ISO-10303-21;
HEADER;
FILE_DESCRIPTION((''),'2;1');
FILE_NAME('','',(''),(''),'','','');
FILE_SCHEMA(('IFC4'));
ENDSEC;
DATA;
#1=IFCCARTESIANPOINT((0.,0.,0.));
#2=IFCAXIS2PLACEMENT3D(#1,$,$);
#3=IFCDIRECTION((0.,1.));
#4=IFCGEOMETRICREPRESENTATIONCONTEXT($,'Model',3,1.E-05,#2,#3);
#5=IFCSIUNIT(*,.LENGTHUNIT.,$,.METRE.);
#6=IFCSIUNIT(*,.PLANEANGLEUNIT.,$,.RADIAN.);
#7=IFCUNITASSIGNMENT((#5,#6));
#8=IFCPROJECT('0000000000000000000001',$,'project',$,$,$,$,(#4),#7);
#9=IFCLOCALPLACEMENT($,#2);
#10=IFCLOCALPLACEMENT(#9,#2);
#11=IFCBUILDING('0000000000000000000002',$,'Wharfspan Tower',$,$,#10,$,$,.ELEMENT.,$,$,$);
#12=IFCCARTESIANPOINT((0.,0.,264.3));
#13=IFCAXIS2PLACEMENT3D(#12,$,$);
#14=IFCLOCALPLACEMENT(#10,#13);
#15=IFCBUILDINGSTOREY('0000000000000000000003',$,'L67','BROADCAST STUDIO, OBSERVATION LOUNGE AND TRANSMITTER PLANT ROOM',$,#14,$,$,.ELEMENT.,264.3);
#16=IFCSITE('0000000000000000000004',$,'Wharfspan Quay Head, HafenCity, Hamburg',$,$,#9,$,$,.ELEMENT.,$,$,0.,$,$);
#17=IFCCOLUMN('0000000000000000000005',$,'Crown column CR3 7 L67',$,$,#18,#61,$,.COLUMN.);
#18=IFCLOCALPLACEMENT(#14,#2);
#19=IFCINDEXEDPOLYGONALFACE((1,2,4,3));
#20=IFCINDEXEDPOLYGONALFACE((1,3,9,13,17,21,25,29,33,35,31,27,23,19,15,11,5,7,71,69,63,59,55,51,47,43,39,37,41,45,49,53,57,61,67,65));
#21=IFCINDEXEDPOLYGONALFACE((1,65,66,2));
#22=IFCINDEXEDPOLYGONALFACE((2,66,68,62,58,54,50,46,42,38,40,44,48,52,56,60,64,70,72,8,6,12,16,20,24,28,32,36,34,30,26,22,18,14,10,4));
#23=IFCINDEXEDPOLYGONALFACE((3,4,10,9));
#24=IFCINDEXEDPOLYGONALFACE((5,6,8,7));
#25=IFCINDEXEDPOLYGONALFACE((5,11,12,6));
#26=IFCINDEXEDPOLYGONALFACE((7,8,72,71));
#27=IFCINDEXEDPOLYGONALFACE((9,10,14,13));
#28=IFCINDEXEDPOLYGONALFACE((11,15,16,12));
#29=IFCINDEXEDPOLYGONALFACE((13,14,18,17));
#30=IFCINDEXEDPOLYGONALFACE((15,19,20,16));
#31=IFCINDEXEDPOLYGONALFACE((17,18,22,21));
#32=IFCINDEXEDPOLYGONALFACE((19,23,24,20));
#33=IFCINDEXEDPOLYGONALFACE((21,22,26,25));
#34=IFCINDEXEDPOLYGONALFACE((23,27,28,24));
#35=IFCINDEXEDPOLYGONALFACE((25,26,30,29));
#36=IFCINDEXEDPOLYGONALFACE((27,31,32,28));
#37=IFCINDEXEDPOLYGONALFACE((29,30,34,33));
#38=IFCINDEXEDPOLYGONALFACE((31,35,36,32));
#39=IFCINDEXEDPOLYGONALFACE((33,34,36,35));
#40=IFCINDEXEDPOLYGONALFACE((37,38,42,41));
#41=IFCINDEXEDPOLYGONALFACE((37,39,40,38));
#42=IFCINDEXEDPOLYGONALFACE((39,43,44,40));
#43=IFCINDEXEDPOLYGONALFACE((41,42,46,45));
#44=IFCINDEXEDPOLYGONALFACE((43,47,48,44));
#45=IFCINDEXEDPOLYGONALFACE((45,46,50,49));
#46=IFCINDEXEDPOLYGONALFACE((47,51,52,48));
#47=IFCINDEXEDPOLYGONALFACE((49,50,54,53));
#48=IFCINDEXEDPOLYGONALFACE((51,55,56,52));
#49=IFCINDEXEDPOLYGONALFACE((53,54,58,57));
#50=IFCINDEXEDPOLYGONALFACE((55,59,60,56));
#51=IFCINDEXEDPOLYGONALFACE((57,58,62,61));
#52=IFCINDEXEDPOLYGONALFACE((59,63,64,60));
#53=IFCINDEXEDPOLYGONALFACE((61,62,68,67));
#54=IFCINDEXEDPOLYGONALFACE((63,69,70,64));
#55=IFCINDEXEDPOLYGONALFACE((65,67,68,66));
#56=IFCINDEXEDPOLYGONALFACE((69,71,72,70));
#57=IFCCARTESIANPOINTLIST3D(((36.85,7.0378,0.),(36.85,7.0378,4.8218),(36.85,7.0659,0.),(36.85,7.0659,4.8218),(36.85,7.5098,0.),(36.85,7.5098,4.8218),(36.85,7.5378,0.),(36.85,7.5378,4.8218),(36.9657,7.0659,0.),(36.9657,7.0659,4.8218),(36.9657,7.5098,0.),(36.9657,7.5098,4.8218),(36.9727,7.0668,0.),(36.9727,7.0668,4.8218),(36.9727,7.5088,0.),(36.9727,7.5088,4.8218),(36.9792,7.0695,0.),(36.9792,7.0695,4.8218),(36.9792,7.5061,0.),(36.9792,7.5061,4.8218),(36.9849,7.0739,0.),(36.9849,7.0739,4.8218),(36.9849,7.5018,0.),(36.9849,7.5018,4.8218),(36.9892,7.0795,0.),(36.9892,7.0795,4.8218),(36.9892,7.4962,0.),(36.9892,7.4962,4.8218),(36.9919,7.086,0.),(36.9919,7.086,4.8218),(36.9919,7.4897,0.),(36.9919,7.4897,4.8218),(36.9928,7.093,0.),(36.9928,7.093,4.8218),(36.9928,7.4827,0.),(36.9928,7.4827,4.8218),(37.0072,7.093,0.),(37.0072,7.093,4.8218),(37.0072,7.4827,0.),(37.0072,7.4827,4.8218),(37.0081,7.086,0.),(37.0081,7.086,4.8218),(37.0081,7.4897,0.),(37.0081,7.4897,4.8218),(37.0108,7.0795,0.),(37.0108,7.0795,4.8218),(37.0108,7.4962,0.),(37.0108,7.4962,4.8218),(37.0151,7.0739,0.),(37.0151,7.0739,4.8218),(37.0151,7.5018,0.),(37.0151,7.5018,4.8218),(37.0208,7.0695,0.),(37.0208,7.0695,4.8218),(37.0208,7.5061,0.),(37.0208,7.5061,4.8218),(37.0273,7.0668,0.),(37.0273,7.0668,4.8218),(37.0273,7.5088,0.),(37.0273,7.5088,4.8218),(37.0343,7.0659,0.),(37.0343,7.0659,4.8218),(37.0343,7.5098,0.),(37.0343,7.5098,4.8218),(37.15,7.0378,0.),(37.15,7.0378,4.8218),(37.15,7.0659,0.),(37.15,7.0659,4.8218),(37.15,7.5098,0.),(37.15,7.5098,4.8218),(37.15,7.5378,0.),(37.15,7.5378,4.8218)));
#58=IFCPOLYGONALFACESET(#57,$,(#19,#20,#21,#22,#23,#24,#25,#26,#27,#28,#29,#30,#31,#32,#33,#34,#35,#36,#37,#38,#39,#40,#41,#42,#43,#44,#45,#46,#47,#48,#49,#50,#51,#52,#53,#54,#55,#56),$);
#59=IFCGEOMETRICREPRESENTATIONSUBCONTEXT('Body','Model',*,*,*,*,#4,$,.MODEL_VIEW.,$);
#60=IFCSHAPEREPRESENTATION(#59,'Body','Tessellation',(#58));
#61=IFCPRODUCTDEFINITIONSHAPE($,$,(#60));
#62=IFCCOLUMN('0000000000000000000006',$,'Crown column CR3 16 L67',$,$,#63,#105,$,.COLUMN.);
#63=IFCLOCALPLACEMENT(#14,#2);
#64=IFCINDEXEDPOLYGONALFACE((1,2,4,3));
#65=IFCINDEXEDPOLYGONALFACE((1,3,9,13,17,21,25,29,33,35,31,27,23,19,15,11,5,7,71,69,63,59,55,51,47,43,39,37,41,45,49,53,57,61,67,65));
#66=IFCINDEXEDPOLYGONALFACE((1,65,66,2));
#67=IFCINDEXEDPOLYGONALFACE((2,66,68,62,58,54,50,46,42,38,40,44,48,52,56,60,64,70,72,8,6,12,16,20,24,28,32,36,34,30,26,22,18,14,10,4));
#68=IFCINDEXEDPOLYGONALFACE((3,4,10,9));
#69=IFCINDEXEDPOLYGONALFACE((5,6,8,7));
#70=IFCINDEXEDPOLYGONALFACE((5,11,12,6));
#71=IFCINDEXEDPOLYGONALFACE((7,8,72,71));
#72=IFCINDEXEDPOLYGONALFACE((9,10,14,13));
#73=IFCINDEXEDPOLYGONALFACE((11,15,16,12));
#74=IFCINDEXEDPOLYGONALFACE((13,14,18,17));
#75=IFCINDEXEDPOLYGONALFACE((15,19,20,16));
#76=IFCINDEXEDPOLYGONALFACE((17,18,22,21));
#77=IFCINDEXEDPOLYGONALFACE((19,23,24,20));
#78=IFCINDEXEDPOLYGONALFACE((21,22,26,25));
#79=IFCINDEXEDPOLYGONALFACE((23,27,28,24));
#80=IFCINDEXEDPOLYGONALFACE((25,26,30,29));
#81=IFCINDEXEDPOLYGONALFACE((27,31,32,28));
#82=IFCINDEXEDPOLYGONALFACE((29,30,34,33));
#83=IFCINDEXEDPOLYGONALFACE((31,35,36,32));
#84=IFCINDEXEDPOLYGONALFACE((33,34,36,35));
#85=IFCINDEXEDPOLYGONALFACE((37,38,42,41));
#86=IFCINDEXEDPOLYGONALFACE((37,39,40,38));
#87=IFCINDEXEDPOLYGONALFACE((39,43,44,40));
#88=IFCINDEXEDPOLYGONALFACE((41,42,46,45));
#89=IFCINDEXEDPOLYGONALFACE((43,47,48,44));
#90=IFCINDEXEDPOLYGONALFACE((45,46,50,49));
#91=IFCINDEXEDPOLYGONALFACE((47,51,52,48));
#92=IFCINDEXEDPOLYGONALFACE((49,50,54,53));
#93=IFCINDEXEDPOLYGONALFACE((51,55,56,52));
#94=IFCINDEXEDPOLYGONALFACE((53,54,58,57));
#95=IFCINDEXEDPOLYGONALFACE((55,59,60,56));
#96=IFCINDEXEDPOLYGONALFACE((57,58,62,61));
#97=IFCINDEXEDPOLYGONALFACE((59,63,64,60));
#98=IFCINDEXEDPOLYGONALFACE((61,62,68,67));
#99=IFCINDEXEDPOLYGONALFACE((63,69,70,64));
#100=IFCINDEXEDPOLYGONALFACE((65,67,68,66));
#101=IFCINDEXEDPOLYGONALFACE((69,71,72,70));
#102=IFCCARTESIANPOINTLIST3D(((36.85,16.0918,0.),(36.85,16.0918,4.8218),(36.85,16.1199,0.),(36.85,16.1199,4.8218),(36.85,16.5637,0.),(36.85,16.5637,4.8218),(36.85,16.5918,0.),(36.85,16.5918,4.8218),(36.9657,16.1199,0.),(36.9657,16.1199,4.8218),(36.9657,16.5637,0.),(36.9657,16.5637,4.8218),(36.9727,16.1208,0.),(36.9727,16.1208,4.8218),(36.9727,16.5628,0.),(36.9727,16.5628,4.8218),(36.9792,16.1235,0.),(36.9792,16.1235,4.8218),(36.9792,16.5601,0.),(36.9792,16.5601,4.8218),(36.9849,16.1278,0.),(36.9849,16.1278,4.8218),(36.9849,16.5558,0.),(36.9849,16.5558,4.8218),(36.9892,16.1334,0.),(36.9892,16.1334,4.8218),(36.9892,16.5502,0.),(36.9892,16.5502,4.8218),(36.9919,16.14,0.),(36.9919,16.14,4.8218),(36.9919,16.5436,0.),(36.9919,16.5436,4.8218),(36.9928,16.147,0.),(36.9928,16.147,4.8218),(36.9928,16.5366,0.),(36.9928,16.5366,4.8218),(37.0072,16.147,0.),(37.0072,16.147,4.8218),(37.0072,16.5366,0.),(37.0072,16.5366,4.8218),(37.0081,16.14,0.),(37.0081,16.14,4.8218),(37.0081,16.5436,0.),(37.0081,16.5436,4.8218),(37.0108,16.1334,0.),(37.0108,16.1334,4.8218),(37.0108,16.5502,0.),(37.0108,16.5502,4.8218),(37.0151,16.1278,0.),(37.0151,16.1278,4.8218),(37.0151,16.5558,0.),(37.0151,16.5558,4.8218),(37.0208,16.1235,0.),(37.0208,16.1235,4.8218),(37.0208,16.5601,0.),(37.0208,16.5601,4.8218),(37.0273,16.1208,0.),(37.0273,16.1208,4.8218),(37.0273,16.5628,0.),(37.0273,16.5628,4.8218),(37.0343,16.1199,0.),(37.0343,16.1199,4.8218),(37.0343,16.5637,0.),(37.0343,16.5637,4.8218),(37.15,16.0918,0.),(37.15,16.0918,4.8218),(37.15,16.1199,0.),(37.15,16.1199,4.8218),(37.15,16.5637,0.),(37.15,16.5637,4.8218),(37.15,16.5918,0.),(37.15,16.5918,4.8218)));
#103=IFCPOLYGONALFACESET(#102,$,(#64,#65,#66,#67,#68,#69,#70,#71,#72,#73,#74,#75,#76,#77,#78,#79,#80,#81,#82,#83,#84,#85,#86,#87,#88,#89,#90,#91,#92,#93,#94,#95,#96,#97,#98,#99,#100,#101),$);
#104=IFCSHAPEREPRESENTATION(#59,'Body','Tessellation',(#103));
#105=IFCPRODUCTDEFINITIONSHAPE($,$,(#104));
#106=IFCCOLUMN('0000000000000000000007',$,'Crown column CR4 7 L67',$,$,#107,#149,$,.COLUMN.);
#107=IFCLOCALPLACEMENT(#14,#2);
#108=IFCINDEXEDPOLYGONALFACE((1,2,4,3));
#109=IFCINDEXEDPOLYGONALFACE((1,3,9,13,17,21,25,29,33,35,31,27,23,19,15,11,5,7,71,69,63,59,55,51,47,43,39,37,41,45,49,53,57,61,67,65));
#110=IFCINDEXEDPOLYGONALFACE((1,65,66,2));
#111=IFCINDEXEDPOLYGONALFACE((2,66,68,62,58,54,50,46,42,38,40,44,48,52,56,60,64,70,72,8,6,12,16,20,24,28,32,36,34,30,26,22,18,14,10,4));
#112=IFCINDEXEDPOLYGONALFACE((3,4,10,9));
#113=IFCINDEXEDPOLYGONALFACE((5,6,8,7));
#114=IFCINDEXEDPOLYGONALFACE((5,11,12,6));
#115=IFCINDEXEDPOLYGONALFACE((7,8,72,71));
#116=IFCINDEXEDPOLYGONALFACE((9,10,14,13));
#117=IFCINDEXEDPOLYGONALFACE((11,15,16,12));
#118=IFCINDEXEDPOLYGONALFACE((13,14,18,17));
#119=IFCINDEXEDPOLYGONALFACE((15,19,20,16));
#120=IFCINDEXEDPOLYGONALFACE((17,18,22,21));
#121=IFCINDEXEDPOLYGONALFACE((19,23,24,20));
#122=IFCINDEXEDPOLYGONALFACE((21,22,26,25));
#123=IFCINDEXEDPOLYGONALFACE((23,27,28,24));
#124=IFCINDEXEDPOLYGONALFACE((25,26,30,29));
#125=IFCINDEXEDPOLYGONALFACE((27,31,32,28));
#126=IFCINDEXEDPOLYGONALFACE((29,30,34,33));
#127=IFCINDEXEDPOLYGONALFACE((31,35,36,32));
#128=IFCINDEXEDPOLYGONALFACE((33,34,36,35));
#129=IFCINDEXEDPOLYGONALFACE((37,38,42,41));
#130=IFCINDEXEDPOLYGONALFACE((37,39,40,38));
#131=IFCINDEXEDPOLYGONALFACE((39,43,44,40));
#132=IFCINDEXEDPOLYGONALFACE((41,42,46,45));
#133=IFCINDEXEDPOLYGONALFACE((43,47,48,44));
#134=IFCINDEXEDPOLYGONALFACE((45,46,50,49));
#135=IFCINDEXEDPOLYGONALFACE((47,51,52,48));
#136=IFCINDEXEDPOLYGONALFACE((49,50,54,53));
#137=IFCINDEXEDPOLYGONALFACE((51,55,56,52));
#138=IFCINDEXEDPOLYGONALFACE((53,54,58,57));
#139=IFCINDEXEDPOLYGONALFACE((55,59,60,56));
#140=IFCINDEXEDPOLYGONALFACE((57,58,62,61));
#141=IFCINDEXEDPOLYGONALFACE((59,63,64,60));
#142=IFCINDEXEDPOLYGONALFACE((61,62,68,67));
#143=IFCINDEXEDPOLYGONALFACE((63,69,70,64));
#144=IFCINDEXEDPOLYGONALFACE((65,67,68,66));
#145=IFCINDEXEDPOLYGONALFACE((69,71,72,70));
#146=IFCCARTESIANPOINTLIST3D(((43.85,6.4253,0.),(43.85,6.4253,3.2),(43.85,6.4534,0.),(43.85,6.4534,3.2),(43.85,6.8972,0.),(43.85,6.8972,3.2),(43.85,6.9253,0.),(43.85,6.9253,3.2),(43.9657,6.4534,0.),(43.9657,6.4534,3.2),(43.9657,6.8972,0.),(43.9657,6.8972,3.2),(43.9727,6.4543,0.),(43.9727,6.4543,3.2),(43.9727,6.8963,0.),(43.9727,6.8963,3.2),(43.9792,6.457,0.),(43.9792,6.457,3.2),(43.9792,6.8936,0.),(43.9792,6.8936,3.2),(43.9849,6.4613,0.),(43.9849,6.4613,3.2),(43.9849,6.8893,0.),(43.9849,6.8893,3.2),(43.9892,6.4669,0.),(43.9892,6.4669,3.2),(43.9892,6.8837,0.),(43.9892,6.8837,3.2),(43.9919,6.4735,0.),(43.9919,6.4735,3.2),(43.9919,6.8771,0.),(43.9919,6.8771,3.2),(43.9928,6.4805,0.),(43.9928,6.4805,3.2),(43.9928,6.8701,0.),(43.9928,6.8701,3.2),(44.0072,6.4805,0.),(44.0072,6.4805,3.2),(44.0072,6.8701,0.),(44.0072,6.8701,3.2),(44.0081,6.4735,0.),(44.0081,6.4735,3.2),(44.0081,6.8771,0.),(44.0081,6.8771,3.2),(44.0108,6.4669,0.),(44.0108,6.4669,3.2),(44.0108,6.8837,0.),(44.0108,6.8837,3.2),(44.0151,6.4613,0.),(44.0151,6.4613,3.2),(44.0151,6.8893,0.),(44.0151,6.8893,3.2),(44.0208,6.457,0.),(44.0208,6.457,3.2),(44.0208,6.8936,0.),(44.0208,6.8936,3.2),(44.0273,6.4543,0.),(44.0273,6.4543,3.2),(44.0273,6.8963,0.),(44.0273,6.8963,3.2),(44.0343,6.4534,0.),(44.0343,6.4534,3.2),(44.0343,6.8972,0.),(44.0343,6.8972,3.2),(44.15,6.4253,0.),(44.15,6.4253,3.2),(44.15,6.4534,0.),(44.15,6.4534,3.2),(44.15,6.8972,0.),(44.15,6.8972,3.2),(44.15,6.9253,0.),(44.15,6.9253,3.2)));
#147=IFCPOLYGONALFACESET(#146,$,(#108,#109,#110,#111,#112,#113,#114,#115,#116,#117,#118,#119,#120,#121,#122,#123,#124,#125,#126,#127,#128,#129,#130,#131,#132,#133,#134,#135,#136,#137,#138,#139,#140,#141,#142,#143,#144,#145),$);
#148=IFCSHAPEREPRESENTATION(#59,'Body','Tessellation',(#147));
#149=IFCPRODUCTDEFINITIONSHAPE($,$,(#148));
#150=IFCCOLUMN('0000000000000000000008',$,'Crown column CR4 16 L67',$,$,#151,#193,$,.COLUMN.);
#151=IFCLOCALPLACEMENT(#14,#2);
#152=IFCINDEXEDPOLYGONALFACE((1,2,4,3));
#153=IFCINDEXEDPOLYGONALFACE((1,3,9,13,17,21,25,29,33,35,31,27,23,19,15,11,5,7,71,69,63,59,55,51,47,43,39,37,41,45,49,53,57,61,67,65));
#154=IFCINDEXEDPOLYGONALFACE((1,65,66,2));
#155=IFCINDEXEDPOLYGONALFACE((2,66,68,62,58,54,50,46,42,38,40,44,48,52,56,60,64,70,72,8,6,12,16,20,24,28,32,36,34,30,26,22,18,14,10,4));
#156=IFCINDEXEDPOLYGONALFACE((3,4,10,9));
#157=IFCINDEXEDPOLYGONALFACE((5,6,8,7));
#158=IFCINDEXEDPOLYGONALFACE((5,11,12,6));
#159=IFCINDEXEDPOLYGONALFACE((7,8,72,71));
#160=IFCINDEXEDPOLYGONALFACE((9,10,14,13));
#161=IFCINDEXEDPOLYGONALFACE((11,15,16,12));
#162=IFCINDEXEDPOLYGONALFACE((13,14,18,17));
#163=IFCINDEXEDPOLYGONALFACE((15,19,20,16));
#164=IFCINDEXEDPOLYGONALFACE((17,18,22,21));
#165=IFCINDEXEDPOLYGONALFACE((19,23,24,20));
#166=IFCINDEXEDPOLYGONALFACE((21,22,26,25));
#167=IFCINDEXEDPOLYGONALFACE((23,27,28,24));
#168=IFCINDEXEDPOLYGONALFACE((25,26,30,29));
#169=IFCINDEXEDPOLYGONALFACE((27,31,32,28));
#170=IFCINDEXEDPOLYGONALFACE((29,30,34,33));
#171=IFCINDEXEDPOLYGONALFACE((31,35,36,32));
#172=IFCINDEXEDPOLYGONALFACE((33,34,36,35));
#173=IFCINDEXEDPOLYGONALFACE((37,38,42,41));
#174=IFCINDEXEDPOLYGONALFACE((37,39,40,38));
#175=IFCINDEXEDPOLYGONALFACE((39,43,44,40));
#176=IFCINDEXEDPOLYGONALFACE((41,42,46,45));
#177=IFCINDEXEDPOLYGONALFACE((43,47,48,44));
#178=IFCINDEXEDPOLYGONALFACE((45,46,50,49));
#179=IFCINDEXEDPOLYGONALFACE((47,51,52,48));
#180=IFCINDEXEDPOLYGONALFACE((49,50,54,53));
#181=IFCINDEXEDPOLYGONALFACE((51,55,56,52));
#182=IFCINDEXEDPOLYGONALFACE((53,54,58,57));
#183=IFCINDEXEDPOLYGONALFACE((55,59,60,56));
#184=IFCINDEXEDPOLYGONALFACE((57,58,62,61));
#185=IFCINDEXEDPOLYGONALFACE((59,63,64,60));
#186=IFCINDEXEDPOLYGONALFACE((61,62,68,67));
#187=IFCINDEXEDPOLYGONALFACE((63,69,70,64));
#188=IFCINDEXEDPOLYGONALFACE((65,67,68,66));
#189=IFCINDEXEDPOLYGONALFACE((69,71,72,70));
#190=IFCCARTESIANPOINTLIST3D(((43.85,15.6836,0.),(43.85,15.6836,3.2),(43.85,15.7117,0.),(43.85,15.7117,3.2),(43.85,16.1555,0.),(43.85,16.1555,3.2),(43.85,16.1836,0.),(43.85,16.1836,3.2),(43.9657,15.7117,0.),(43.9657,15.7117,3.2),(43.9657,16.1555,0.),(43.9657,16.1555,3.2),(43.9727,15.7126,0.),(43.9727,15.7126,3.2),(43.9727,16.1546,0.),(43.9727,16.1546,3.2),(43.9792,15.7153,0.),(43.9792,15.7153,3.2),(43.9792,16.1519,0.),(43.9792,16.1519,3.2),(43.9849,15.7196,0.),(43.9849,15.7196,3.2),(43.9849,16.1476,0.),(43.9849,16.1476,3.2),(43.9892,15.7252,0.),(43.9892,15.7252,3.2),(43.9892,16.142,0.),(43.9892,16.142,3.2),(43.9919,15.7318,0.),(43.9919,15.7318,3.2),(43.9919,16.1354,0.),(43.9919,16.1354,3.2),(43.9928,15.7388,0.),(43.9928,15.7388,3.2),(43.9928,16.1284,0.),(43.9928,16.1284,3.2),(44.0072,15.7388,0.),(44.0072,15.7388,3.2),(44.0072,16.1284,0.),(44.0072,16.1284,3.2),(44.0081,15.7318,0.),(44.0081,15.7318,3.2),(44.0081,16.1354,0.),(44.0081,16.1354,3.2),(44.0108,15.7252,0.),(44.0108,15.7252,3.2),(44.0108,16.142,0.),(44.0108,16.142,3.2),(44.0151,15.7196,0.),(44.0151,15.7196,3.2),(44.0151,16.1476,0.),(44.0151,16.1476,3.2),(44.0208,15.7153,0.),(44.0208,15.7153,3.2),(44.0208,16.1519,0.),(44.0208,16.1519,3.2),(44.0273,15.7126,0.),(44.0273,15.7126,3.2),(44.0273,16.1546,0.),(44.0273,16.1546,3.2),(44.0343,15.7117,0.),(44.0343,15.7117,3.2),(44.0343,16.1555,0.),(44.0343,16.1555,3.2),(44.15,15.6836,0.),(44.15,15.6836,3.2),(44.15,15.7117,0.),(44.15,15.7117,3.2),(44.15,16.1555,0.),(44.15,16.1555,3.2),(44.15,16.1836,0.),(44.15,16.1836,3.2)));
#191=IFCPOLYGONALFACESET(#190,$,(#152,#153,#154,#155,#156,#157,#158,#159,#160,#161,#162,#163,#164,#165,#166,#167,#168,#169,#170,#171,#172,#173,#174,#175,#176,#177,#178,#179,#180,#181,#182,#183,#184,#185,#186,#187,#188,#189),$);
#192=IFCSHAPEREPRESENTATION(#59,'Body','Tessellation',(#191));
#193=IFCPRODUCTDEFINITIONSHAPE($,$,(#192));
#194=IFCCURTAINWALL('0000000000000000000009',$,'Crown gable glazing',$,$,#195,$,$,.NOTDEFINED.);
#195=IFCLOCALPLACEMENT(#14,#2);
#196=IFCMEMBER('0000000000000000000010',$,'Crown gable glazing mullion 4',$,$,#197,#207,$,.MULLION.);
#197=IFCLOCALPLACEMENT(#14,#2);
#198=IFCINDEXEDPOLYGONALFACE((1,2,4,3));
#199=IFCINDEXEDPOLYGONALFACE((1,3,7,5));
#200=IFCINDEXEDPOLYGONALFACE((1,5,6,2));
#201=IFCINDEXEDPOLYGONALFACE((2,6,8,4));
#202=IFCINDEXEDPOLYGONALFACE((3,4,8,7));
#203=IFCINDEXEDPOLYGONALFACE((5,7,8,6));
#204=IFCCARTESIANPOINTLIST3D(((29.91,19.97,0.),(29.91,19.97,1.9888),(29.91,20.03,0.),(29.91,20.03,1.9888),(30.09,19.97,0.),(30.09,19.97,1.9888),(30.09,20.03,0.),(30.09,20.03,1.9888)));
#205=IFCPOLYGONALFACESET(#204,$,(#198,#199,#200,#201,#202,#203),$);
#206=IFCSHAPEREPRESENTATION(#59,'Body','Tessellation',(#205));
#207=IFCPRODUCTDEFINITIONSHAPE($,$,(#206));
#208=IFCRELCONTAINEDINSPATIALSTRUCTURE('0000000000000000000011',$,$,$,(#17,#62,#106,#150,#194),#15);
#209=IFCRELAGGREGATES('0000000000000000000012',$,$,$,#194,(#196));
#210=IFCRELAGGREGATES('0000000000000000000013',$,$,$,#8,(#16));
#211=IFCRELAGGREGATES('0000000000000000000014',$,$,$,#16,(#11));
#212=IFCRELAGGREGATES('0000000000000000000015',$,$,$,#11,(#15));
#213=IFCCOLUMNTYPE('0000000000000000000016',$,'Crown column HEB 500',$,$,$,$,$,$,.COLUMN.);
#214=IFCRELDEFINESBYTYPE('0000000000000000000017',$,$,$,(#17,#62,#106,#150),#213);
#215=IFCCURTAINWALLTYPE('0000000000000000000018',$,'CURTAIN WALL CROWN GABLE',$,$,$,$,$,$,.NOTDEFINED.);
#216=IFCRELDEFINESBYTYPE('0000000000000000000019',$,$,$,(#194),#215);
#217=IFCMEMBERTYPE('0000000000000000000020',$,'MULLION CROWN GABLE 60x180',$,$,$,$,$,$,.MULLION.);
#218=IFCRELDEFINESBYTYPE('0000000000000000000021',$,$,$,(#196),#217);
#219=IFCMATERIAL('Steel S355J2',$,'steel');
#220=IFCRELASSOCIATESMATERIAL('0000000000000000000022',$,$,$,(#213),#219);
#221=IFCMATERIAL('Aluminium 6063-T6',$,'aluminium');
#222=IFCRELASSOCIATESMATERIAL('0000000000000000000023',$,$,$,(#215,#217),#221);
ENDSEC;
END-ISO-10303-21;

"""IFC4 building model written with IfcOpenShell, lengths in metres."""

from ifc_helpers import new_model, si_unit, direction, frame, origin, origin_2d, place, context, subcontext, project, spatial, rectangle, i_section, extrude, material, material_profile, profile_set, type_object, element, aggregate, save


model = new_model("IFC4")

# Units and contexts
model_context = context("Model", 3, precision=1e-05, world=origin(), true_north=direction((0.0, 1.0)))
body_context = subcontext(model_context, "Body", "Model", "MODEL_VIEW")
ifc_project = project(units=[si_unit("LENGTHUNIT", "METRE"), si_unit("PLANEANGLEUNIT", "RADIAN")], contexts=[model_context])

# Site, building, storey
site_placement = place(None, origin())
site = spatial("IfcSite", under=ifc_project, at=site_placement, Name="Wharfspan Quay Head, HafenCity, Hamburg", CompositionType="ELEMENT", RefElevation=0.0)
building_placement = place(site_placement, origin())
building = spatial("IfcBuilding", under=site, at=building_placement, Name="Wharfspan Tower", CompositionType="ELEMENT")
storey_placement = place(building_placement, frame((0.0, 0.0, 264.3)))
storey = spatial("IfcBuildingStorey", under=building, at=storey_placement, Name="L67", Description="BROADCAST STUDIO, OBSERVATION LOUNGE AND TRANSMITTER PLANT ROOM", CompositionType="ELEMENT", Elevation=264.3)

# Columns
ifc_material_1 = material(Name="Steel S355J2", Category="steel")
ifc_material_profile_1 = material_profile(ifc_material_1, i_section(OverallWidth=0.3, OverallDepth=0.5, WebThickness=0.0144, FlangeThickness=0.0281, FilletRadius=0.0271, at=origin_2d()))
ifc_profile_set_1 = profile_set([ifc_material_profile_1], Name="Steel S355J2")
column_type = type_object("IfcColumnType", Name="Crown column HEB 500", PredefinedType="COLUMN", material=ifc_profile_set_1)
for number, where, z_axis, x_axis, name in (
    (1, (37.0, 7.2878, 0.0), (0.0, 0.0, 1.0), (1.0, 0.0, 0.0), "Crown column CR3 7 L67"),
    (2, (37.0, 16.3418, 0.0), (0.0, 0.0, 1.0), (1.0, 0.0, 0.0), "Crown column CR3 16 L67"),
):
    element("IfcColumn", number, at=place(storey_placement, frame(where, z_axis=z_axis, x_axis=x_axis)), inside=storey, type_object=column_type, Name=name, PredefinedType="COLUMN", context=body_context, shape_type="SweptSolid", body=[
        extrude(i_section(OverallWidth=0.3, OverallDepth=0.5, WebThickness=0.0144, FlangeThickness=0.0281, FilletRadius=0.0271, at=origin_2d()), origin(), (0.0, 0.0, 1.0), 4.8218),
    ])
for number, where, z_axis, x_axis, name in (
    (3, (44.0, 6.6753, 0.0), (0.0, 0.0, 1.0), (1.0, 0.0, 0.0), "Crown column CR4 7 L67"),
    (4, (44.0, 15.9336, 0.0), (0.0, 0.0, 1.0), (1.0, 0.0, 0.0), "Crown column CR4 16 L67"),
):
    element("IfcColumn", number, at=place(storey_placement, frame(where, z_axis=z_axis, x_axis=x_axis)), inside=storey, type_object=column_type, Name=name, PredefinedType="COLUMN", context=body_context, shape_type="SweptSolid", body=[
        extrude(i_section(OverallWidth=0.3, OverallDepth=0.5, WebThickness=0.0144, FlangeThickness=0.0281, FilletRadius=0.0271, at=origin_2d()), origin(), (0.0, 0.0, 1.0), 3.2),
    ])

# Curtain wall, member
ifc_material_2 = material(Name="Aluminium 6063-T6", Category="aluminium")
curtain_wall_type_1 = type_object("IfcCurtainWallType", Name="CURTAIN WALL CROWN GABLE", PredefinedType="NOTDEFINED", material=ifc_material_2)
curtain_wall_1_placement = place(storey_placement, origin())
curtain_wall_1 = element("IfcCurtainWall", 5, at=curtain_wall_1_placement, inside=storey, type_object=curtain_wall_type_1, Name="Crown gable glazing", PredefinedType="NOTDEFINED")
ifc_material_profile_2 = material_profile(ifc_material_2, rectangle(XDim=0.1799, YDim=0.0601, at=origin_2d()))
ifc_profile_set_2 = profile_set([ifc_material_profile_2], Name="Aluminium 6063-T6")
member_type_1 = type_object("IfcMemberType", Name="MULLION CROWN GABLE 60x180", PredefinedType="MULLION", material=ifc_profile_set_2)
member_1_placement = place(storey_placement, frame((30.0, 20.0, 0.0), z_axis=(0.0, 0.0, 1.0), x_axis=(-1.0, 0.0, 0.0)))
member_1 = element("IfcMember", 6, at=member_1_placement, type_object=member_type_1, Name="Crown gable glazing mullion 4", PredefinedType="MULLION", context=body_context, shape_type="SweptSolid", body=[
    extrude(rectangle(XDim=0.1799, YDim=0.0601, at=origin_2d()), origin(), (0.0, 0.0, 1.0), 1.9888),
])

aggregate(curtain_wall_1, [member_1])

save(model, "model.ifc")
